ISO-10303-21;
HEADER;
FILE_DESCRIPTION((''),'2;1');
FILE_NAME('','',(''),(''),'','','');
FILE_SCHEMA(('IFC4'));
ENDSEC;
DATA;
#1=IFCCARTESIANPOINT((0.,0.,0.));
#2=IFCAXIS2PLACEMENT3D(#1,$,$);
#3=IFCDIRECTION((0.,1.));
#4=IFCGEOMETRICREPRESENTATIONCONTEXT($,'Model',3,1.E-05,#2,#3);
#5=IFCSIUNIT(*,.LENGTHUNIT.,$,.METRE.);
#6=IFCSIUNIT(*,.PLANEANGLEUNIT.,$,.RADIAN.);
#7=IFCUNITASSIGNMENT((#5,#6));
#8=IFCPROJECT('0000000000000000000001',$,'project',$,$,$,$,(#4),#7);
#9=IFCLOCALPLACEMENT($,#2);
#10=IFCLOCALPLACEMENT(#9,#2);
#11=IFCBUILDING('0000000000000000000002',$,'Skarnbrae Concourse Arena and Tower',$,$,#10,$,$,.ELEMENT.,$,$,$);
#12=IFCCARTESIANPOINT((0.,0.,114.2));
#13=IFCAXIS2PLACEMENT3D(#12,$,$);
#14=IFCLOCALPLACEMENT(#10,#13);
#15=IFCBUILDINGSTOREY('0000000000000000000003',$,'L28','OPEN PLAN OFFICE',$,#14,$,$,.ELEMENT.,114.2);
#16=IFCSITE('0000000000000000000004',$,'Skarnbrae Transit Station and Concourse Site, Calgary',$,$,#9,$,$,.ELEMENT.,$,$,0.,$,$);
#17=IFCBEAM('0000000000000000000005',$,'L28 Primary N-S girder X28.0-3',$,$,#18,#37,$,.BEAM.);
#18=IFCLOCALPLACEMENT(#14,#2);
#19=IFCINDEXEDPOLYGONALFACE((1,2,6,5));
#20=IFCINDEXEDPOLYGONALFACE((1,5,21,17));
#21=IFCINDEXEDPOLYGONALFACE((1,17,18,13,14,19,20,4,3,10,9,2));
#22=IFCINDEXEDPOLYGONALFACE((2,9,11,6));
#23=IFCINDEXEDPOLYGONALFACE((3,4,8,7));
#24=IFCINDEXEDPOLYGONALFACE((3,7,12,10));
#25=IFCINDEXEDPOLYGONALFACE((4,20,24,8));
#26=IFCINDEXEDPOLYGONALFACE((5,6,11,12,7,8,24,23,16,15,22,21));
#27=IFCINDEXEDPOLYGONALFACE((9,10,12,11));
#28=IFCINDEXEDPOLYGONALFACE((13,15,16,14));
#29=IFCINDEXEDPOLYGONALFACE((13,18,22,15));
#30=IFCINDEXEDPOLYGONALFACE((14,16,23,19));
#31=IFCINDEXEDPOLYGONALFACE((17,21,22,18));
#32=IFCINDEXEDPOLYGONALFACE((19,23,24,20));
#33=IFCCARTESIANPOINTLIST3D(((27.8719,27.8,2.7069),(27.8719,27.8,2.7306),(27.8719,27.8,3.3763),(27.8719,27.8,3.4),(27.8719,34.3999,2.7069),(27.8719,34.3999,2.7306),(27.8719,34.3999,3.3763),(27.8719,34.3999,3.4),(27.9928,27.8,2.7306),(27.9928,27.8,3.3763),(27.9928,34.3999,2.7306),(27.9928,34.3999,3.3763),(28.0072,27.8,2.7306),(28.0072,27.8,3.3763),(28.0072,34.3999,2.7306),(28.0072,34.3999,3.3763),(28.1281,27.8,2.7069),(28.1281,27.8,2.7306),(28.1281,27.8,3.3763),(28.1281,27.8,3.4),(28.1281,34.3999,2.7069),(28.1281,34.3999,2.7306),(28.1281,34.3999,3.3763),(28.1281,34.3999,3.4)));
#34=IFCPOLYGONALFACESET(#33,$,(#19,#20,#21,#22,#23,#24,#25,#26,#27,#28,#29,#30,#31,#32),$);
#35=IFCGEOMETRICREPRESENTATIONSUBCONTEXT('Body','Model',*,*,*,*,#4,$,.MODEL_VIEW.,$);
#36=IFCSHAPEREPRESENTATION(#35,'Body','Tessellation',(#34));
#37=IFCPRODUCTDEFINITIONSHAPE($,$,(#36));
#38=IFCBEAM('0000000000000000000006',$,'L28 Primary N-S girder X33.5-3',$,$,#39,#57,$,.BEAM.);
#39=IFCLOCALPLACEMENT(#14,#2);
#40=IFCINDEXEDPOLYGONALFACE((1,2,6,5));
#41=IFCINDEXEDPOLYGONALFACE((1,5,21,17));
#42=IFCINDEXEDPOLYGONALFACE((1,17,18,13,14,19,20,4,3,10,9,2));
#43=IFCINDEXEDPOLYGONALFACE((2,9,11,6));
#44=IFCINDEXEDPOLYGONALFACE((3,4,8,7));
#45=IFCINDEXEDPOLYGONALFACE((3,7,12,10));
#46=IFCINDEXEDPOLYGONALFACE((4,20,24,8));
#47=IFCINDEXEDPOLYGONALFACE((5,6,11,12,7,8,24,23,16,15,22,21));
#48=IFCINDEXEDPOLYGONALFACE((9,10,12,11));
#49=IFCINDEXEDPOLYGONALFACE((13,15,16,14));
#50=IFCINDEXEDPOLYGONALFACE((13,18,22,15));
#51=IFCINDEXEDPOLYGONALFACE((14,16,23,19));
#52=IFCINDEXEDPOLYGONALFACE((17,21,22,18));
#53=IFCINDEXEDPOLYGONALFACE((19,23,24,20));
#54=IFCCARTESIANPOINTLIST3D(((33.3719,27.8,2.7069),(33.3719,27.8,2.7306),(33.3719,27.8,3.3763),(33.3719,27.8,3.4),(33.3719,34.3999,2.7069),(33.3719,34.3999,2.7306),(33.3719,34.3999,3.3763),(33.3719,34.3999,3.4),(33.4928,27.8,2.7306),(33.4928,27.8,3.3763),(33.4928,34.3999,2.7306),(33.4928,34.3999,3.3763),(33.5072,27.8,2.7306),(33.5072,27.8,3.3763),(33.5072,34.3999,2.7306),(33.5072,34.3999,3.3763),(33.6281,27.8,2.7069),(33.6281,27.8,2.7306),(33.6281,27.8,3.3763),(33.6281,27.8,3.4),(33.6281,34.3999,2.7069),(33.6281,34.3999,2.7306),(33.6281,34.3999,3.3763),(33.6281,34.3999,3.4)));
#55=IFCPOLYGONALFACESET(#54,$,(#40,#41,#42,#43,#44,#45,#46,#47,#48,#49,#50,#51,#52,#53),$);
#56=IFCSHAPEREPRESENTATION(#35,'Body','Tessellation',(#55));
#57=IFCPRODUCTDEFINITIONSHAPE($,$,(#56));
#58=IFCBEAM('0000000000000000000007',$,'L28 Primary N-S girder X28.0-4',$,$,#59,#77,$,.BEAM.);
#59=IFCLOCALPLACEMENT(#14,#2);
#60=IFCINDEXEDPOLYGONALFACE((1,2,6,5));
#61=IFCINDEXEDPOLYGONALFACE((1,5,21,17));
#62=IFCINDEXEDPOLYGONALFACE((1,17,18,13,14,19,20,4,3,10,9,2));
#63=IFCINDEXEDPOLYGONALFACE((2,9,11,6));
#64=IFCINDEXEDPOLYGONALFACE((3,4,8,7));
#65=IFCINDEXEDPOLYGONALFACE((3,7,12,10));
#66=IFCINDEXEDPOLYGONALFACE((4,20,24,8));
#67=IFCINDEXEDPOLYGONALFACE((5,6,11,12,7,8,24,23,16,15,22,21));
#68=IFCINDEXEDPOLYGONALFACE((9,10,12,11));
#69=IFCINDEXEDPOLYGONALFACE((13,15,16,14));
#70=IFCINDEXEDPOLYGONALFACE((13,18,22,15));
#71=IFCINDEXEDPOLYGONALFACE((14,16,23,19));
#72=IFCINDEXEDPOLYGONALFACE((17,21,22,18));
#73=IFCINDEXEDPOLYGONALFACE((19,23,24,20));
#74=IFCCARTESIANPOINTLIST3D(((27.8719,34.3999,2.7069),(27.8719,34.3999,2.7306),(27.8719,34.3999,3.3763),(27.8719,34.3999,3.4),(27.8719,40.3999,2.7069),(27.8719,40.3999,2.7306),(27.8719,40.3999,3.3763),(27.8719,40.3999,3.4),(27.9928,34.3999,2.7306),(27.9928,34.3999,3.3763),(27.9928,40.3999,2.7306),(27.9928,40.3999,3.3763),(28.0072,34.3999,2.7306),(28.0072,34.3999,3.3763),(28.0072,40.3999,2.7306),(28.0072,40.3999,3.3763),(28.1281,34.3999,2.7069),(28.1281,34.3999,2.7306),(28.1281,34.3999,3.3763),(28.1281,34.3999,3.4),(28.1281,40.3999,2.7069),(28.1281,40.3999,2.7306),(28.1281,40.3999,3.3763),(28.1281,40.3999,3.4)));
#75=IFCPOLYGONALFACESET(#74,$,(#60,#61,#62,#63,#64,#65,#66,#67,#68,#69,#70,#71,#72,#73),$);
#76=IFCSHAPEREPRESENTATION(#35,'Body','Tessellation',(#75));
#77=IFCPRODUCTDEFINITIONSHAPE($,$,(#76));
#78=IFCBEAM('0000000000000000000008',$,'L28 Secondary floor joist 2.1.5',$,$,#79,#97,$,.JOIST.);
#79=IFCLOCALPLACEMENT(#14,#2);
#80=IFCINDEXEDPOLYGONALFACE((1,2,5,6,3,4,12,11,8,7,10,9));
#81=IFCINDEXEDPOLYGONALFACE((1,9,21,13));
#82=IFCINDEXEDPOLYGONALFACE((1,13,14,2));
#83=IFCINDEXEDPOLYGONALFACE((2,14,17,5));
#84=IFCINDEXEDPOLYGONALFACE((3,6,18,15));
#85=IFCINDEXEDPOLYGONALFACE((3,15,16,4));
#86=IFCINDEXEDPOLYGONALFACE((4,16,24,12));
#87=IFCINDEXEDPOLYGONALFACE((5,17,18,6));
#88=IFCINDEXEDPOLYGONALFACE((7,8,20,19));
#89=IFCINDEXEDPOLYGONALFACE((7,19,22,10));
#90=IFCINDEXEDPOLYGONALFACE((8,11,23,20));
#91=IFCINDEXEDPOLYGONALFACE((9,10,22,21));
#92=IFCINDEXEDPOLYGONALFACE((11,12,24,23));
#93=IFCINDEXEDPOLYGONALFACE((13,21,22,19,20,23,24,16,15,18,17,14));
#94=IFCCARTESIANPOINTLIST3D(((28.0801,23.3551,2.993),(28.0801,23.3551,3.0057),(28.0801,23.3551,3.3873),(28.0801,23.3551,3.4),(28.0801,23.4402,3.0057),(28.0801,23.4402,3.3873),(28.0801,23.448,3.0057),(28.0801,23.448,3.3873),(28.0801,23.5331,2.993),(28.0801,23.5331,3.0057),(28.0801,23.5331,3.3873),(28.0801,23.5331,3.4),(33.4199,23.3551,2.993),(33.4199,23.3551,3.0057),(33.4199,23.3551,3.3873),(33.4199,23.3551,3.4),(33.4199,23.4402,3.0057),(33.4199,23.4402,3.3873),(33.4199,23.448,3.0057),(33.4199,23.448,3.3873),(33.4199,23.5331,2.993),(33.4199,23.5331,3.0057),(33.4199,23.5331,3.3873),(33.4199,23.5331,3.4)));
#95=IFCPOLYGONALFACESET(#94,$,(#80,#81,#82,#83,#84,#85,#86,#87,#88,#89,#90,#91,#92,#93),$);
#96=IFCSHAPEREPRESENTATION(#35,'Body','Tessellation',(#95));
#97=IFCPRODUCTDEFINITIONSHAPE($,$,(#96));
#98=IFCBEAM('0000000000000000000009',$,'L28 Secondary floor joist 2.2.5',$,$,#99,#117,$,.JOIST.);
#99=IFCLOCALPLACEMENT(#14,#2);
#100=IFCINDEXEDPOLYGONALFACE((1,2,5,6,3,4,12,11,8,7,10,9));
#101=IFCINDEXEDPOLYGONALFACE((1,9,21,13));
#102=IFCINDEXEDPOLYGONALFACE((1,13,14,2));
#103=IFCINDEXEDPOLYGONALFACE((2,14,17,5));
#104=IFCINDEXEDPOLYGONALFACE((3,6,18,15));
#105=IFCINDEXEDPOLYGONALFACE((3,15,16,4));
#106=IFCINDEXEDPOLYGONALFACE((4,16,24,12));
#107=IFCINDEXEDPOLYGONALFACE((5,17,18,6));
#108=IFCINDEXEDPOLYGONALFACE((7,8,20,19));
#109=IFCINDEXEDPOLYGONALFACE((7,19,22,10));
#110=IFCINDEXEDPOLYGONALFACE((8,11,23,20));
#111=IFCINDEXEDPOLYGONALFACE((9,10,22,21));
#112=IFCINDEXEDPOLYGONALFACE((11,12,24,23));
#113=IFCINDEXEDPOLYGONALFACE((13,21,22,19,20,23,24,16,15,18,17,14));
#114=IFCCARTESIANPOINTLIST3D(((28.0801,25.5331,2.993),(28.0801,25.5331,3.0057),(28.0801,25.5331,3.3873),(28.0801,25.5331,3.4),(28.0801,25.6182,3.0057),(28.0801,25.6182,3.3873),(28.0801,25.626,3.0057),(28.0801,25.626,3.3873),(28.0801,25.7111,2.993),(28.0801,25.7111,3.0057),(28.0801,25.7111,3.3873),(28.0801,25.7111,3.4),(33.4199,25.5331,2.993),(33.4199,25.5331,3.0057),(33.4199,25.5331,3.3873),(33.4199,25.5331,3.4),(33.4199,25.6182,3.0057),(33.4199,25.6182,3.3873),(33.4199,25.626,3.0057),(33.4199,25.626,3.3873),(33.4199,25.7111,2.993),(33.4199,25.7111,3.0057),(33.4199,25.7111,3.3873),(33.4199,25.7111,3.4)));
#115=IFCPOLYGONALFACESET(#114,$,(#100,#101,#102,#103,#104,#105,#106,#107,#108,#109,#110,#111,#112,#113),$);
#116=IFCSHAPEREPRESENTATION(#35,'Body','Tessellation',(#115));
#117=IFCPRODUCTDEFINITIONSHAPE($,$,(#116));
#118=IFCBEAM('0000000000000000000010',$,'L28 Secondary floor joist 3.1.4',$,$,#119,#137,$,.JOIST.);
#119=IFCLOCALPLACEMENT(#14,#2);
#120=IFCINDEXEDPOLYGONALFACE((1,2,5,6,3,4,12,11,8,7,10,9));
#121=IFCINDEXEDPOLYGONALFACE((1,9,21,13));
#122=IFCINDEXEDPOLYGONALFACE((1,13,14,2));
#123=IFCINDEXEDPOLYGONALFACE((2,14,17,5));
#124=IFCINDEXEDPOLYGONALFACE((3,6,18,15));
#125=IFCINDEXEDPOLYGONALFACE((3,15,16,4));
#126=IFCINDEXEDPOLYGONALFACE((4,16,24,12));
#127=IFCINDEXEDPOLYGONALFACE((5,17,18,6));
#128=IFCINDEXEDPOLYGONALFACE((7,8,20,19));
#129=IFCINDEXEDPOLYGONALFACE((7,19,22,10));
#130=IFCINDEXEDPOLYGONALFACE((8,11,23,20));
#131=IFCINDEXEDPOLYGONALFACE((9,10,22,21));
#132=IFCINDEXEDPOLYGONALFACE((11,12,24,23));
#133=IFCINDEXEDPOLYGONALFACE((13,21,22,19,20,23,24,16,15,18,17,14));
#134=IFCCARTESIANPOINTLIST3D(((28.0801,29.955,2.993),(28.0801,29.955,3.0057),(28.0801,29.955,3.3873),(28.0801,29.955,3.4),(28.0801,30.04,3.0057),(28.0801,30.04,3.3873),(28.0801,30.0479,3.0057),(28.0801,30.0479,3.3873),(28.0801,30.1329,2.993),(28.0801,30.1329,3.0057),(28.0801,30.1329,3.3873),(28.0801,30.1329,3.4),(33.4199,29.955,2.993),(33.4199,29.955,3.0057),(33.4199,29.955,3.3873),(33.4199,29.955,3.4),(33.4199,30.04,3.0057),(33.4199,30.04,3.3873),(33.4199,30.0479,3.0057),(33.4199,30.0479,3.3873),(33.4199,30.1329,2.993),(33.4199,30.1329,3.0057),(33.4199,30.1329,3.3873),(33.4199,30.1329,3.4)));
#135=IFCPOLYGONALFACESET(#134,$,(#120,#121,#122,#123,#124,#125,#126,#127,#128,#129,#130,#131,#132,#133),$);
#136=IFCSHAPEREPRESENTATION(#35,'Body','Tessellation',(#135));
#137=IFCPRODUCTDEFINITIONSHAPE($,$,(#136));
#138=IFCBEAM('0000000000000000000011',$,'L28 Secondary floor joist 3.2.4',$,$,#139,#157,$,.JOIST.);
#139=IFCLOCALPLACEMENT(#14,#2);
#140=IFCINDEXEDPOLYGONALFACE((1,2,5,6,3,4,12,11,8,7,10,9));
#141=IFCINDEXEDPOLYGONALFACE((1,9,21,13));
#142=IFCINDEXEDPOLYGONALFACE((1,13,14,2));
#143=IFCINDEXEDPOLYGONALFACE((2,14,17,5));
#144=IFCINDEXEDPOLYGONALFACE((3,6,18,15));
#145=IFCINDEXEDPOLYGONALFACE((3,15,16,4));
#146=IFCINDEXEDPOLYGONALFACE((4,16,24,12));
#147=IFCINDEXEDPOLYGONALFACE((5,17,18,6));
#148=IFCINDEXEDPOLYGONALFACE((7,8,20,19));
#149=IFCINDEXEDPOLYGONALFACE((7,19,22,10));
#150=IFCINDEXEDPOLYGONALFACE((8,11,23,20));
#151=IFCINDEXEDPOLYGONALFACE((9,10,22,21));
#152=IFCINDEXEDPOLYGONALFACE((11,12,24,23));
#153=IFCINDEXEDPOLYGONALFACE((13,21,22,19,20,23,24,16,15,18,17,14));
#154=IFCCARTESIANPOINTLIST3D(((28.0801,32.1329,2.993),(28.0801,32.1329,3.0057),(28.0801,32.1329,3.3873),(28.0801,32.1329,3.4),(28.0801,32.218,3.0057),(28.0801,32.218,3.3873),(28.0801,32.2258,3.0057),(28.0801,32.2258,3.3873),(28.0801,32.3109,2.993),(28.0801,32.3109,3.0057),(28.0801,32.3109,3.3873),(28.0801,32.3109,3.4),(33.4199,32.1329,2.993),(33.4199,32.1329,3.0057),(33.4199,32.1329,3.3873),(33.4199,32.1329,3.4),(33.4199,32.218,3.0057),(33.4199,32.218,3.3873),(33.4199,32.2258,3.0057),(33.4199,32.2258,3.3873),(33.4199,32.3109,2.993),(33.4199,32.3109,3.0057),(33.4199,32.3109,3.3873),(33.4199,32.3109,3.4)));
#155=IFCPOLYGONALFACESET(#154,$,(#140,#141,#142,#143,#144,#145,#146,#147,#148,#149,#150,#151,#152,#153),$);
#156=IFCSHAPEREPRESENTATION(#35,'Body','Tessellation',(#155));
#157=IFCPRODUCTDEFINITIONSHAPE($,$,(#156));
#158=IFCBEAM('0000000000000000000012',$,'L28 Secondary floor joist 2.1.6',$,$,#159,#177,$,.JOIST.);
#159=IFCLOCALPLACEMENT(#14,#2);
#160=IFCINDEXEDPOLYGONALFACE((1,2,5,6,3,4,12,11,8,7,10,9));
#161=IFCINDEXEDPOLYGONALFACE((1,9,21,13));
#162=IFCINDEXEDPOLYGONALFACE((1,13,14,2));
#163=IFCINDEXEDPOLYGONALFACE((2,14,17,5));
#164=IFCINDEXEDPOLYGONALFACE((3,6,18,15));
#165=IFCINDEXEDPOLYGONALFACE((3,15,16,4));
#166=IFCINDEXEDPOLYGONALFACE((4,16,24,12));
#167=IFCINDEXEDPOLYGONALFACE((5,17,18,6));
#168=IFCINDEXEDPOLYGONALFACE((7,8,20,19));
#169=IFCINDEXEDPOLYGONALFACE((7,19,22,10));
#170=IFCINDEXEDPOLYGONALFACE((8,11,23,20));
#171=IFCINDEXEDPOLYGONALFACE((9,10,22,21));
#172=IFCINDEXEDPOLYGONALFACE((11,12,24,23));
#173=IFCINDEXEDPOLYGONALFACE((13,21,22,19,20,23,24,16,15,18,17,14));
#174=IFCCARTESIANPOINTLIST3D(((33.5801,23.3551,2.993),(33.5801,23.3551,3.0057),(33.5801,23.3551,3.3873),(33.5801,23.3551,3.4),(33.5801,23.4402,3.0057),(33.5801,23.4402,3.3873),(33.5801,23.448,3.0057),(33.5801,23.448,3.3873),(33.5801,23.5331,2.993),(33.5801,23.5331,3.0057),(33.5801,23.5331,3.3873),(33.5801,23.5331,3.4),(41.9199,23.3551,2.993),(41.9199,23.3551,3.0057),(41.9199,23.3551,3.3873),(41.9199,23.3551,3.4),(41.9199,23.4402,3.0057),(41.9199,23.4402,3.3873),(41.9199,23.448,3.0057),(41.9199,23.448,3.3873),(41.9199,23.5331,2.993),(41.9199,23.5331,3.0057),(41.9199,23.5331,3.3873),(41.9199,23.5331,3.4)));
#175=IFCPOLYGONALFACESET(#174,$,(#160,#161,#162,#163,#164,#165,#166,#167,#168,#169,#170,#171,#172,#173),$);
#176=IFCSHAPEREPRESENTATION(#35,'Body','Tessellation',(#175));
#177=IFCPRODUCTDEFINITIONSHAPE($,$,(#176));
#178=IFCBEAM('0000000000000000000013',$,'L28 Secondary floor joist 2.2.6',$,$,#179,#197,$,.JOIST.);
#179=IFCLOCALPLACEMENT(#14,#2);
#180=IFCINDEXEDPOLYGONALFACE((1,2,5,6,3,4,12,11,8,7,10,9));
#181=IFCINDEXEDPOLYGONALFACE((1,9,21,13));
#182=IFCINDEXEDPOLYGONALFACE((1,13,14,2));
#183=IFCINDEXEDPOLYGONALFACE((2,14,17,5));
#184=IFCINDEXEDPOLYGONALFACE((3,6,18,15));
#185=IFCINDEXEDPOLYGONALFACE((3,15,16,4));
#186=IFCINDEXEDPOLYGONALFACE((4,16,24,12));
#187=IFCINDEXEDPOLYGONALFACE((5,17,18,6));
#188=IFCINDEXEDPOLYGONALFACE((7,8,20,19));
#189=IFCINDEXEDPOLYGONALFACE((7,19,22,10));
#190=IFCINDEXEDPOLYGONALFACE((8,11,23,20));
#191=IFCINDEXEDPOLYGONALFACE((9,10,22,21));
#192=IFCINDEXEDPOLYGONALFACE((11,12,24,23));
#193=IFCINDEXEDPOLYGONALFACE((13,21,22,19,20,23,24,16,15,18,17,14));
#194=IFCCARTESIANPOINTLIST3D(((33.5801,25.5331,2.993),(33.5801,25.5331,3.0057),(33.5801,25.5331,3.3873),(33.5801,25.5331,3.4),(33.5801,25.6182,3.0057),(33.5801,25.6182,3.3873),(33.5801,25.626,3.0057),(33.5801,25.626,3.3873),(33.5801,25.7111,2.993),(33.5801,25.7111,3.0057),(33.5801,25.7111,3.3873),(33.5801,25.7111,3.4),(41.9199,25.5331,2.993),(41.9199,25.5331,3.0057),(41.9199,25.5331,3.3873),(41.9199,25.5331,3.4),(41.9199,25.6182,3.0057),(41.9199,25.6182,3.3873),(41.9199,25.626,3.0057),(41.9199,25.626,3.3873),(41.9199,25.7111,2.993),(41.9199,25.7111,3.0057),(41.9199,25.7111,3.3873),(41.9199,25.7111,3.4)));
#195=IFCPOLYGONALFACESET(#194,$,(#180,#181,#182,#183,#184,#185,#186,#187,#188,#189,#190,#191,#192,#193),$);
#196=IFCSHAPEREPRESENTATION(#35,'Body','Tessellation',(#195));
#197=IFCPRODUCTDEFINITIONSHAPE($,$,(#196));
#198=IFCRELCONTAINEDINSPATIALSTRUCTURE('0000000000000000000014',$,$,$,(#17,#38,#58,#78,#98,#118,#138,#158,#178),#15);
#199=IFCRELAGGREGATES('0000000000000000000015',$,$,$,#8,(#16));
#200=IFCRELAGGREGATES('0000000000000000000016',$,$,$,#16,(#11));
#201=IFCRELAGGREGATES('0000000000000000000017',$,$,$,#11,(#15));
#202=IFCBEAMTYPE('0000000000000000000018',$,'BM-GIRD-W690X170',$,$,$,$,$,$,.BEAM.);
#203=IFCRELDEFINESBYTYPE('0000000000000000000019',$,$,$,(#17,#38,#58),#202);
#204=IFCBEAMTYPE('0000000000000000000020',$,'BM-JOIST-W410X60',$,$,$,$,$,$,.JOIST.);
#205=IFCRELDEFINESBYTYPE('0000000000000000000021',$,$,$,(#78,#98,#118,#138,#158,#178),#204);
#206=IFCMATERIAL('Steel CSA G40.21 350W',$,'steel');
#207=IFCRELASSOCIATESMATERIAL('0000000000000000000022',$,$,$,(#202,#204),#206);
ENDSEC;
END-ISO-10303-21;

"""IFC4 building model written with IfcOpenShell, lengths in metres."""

from ifc_helpers import new_model, si_unit, direction, frame, origin, origin_2d, place, context, subcontext, project, spatial, i_section, extrude, source, transform, mapped, material, material_profile, profile_set, type_object, element, save


model = new_model("IFC4")

# Units and contexts
model_context = context("Model", 3, precision=1e-05, world=origin(), true_north=direction((0.0, 1.0)))
body_context = subcontext(model_context, "Body", "Model", "MODEL_VIEW")
ifc_project = project(units=[si_unit("LENGTHUNIT", "METRE"), si_unit("PLANEANGLEUNIT", "RADIAN")], contexts=[model_context])

# Site, building, storey
site_placement = place(None, origin())
site = spatial("IfcSite", under=ifc_project, at=site_placement, Name="Skarnbrae Transit Station and Concourse Site, Calgary", CompositionType="ELEMENT", RefElevation=0.0)
building_placement = place(site_placement, origin())
building = spatial("IfcBuilding", under=site, at=building_placement, Name="Skarnbrae Concourse Arena and Tower", CompositionType="ELEMENT")
storey_placement = place(building_placement, frame((0.0, 0.0, 114.2)))
storey = spatial("IfcBuildingStorey", under=building, at=storey_placement, Name="L28", Description="OPEN PLAN OFFICE", CompositionType="ELEMENT", Elevation=114.2)

# Shared definitions
ifc_material_1 = material(Name="Steel CSA G40.21 350W", Category="steel")

# Beams
ifc_material_profile_1 = material_profile(ifc_material_1, i_section(OverallWidth=0.2561, OverallDepth=0.6931, WebThickness=0.0144, FlangeThickness=0.0237, at=origin_2d()), Name="W690X170")
ifc_profile_set_1 = profile_set([ifc_material_profile_1], Name="Steel CSA G40.21 350W")
beam_type_1 = type_object("IfcBeamType", Name="BM-GIRD-W690X170", PredefinedType="BEAM", material=ifc_profile_set_1)
shared_shape_1 = source(origin(), body_context, "Body", "SweptSolid", [
    extrude(i_section(OverallWidth=0.2561, OverallDepth=0.6931, WebThickness=0.0144, FlangeThickness=0.0237, at=origin_2d()), origin(), (0.0, 0.0, 1.0), 6.5999),
])
for number, where, z_axis, x_axis, name in (
    (1, (28.0, 27.8, 3.0535), (0.0, 1.0, 0.0), (-1.0, 0.0, 0.0), "L28 Primary N-S girder X28.0-3"),
    (2, (33.5, 27.8, 3.0535), (0.0, 1.0, 0.0), (-1.0, 0.0, 0.0), "L28 Primary N-S girder X33.5-3"),
):
    element("IfcBeam", number, at=place(storey_placement, frame(where, z_axis=z_axis, x_axis=x_axis)), inside=storey, type_object=beam_type_1, Name=name, PredefinedType="BEAM", context=body_context, shape_type="MappedRepresentation", body=[
        mapped(shared_shape_1, transform((0.0, 0.0, 0.0))),
    ])
shared_shape_2 = source(origin(), body_context, "Body", "SweptSolid", [
    extrude(i_section(OverallWidth=0.2561, OverallDepth=0.6931, WebThickness=0.0144, FlangeThickness=0.0237, at=origin_2d()), origin(), (0.0, 0.0, 1.0), 6.0),
])
beam_1_placement = place(storey_placement, frame((28.0, 34.3999, 3.0535), z_axis=(0.0, 1.0, 0.0), x_axis=(-1.0, 0.0, 0.0)))
element("IfcBeam", 3, at=beam_1_placement, inside=storey, type_object=beam_type_1, Name="L28 Primary N-S girder X28.0-4", PredefinedType="BEAM", context=body_context, shape_type="MappedRepresentation", body=[
    mapped(shared_shape_2, transform((0.0, 0.0, 0.0))),
])
ifc_material_profile_2 = material_profile(ifc_material_1, i_section(OverallWidth=0.178, OverallDepth=0.407, WebThickness=0.0078, FlangeThickness=0.0127, at=origin_2d()), Name="W410X60")
ifc_profile_set_2 = profile_set([ifc_material_profile_2], Name="Steel CSA G40.21 350W")
beam_type_2 = type_object("IfcBeamType", Name="BM-JOIST-W410X60", PredefinedType="JOIST", material=ifc_profile_set_2)
shared_shape_3 = source(origin(), body_context, "Body", "SweptSolid", [
    extrude(i_section(OverallWidth=0.178, OverallDepth=0.407, WebThickness=0.0078, FlangeThickness=0.0127, at=origin_2d()), origin(), (0.0, 0.0, 1.0), 5.3398),
])
for number, where, z_axis, x_axis, name in (
    (4, (28.0801, 23.4441, 3.1965), (1.0, 0.0, 0.0), (0.0, 1.0, 0.0), "L28 Secondary floor joist 2.1.5"),
    (5, (28.0801, 25.6221, 3.1965), (1.0, 0.0, 0.0), (0.0, 1.0, 0.0), "L28 Secondary floor joist 2.2.5"),
    (6, (28.0801, 30.0439, 3.1965), (1.0, 0.0, 0.0), (0.0, 1.0, 0.0), "L28 Secondary floor joist 3.1.4"),
    (7, (28.0801, 32.2219, 3.1965), (1.0, 0.0, 0.0), (0.0, 1.0, 0.0), "L28 Secondary floor joist 3.2.4"),
):
    element("IfcBeam", number, at=place(storey_placement, frame(where, z_axis=z_axis, x_axis=x_axis)), inside=storey, type_object=beam_type_2, Name=name, PredefinedType="JOIST", context=body_context, shape_type="MappedRepresentation", body=[
        mapped(shared_shape_3, transform((0.0, 0.0, 0.0))),
    ])
shared_shape_4 = source(origin(), body_context, "Body", "SweptSolid", [
    extrude(i_section(OverallWidth=0.178, OverallDepth=0.407, WebThickness=0.0078, FlangeThickness=0.0127, at=origin_2d()), origin(), (0.0, 0.0, 1.0), 8.3398),
])
for number, where, z_axis, x_axis, name in (
    (8, (33.5801, 23.4441, 3.1965), (1.0, 0.0, 0.0), (0.0, 1.0, 0.0), "L28 Secondary floor joist 2.1.6"),
    (9, (33.5801, 25.6221, 3.1965), (1.0, 0.0, 0.0), (0.0, 1.0, 0.0), "L28 Secondary floor joist 2.2.6"),
):
    element("IfcBeam", number, at=place(storey_placement, frame(where, z_axis=z_axis, x_axis=x_axis)), inside=storey, type_object=beam_type_2, Name=name, PredefinedType="JOIST", context=body_context, shape_type="MappedRepresentation", body=[
        mapped(shared_shape_4, transform((0.0, 0.0, 0.0))),
    ])

save(model, "model.ifc")
